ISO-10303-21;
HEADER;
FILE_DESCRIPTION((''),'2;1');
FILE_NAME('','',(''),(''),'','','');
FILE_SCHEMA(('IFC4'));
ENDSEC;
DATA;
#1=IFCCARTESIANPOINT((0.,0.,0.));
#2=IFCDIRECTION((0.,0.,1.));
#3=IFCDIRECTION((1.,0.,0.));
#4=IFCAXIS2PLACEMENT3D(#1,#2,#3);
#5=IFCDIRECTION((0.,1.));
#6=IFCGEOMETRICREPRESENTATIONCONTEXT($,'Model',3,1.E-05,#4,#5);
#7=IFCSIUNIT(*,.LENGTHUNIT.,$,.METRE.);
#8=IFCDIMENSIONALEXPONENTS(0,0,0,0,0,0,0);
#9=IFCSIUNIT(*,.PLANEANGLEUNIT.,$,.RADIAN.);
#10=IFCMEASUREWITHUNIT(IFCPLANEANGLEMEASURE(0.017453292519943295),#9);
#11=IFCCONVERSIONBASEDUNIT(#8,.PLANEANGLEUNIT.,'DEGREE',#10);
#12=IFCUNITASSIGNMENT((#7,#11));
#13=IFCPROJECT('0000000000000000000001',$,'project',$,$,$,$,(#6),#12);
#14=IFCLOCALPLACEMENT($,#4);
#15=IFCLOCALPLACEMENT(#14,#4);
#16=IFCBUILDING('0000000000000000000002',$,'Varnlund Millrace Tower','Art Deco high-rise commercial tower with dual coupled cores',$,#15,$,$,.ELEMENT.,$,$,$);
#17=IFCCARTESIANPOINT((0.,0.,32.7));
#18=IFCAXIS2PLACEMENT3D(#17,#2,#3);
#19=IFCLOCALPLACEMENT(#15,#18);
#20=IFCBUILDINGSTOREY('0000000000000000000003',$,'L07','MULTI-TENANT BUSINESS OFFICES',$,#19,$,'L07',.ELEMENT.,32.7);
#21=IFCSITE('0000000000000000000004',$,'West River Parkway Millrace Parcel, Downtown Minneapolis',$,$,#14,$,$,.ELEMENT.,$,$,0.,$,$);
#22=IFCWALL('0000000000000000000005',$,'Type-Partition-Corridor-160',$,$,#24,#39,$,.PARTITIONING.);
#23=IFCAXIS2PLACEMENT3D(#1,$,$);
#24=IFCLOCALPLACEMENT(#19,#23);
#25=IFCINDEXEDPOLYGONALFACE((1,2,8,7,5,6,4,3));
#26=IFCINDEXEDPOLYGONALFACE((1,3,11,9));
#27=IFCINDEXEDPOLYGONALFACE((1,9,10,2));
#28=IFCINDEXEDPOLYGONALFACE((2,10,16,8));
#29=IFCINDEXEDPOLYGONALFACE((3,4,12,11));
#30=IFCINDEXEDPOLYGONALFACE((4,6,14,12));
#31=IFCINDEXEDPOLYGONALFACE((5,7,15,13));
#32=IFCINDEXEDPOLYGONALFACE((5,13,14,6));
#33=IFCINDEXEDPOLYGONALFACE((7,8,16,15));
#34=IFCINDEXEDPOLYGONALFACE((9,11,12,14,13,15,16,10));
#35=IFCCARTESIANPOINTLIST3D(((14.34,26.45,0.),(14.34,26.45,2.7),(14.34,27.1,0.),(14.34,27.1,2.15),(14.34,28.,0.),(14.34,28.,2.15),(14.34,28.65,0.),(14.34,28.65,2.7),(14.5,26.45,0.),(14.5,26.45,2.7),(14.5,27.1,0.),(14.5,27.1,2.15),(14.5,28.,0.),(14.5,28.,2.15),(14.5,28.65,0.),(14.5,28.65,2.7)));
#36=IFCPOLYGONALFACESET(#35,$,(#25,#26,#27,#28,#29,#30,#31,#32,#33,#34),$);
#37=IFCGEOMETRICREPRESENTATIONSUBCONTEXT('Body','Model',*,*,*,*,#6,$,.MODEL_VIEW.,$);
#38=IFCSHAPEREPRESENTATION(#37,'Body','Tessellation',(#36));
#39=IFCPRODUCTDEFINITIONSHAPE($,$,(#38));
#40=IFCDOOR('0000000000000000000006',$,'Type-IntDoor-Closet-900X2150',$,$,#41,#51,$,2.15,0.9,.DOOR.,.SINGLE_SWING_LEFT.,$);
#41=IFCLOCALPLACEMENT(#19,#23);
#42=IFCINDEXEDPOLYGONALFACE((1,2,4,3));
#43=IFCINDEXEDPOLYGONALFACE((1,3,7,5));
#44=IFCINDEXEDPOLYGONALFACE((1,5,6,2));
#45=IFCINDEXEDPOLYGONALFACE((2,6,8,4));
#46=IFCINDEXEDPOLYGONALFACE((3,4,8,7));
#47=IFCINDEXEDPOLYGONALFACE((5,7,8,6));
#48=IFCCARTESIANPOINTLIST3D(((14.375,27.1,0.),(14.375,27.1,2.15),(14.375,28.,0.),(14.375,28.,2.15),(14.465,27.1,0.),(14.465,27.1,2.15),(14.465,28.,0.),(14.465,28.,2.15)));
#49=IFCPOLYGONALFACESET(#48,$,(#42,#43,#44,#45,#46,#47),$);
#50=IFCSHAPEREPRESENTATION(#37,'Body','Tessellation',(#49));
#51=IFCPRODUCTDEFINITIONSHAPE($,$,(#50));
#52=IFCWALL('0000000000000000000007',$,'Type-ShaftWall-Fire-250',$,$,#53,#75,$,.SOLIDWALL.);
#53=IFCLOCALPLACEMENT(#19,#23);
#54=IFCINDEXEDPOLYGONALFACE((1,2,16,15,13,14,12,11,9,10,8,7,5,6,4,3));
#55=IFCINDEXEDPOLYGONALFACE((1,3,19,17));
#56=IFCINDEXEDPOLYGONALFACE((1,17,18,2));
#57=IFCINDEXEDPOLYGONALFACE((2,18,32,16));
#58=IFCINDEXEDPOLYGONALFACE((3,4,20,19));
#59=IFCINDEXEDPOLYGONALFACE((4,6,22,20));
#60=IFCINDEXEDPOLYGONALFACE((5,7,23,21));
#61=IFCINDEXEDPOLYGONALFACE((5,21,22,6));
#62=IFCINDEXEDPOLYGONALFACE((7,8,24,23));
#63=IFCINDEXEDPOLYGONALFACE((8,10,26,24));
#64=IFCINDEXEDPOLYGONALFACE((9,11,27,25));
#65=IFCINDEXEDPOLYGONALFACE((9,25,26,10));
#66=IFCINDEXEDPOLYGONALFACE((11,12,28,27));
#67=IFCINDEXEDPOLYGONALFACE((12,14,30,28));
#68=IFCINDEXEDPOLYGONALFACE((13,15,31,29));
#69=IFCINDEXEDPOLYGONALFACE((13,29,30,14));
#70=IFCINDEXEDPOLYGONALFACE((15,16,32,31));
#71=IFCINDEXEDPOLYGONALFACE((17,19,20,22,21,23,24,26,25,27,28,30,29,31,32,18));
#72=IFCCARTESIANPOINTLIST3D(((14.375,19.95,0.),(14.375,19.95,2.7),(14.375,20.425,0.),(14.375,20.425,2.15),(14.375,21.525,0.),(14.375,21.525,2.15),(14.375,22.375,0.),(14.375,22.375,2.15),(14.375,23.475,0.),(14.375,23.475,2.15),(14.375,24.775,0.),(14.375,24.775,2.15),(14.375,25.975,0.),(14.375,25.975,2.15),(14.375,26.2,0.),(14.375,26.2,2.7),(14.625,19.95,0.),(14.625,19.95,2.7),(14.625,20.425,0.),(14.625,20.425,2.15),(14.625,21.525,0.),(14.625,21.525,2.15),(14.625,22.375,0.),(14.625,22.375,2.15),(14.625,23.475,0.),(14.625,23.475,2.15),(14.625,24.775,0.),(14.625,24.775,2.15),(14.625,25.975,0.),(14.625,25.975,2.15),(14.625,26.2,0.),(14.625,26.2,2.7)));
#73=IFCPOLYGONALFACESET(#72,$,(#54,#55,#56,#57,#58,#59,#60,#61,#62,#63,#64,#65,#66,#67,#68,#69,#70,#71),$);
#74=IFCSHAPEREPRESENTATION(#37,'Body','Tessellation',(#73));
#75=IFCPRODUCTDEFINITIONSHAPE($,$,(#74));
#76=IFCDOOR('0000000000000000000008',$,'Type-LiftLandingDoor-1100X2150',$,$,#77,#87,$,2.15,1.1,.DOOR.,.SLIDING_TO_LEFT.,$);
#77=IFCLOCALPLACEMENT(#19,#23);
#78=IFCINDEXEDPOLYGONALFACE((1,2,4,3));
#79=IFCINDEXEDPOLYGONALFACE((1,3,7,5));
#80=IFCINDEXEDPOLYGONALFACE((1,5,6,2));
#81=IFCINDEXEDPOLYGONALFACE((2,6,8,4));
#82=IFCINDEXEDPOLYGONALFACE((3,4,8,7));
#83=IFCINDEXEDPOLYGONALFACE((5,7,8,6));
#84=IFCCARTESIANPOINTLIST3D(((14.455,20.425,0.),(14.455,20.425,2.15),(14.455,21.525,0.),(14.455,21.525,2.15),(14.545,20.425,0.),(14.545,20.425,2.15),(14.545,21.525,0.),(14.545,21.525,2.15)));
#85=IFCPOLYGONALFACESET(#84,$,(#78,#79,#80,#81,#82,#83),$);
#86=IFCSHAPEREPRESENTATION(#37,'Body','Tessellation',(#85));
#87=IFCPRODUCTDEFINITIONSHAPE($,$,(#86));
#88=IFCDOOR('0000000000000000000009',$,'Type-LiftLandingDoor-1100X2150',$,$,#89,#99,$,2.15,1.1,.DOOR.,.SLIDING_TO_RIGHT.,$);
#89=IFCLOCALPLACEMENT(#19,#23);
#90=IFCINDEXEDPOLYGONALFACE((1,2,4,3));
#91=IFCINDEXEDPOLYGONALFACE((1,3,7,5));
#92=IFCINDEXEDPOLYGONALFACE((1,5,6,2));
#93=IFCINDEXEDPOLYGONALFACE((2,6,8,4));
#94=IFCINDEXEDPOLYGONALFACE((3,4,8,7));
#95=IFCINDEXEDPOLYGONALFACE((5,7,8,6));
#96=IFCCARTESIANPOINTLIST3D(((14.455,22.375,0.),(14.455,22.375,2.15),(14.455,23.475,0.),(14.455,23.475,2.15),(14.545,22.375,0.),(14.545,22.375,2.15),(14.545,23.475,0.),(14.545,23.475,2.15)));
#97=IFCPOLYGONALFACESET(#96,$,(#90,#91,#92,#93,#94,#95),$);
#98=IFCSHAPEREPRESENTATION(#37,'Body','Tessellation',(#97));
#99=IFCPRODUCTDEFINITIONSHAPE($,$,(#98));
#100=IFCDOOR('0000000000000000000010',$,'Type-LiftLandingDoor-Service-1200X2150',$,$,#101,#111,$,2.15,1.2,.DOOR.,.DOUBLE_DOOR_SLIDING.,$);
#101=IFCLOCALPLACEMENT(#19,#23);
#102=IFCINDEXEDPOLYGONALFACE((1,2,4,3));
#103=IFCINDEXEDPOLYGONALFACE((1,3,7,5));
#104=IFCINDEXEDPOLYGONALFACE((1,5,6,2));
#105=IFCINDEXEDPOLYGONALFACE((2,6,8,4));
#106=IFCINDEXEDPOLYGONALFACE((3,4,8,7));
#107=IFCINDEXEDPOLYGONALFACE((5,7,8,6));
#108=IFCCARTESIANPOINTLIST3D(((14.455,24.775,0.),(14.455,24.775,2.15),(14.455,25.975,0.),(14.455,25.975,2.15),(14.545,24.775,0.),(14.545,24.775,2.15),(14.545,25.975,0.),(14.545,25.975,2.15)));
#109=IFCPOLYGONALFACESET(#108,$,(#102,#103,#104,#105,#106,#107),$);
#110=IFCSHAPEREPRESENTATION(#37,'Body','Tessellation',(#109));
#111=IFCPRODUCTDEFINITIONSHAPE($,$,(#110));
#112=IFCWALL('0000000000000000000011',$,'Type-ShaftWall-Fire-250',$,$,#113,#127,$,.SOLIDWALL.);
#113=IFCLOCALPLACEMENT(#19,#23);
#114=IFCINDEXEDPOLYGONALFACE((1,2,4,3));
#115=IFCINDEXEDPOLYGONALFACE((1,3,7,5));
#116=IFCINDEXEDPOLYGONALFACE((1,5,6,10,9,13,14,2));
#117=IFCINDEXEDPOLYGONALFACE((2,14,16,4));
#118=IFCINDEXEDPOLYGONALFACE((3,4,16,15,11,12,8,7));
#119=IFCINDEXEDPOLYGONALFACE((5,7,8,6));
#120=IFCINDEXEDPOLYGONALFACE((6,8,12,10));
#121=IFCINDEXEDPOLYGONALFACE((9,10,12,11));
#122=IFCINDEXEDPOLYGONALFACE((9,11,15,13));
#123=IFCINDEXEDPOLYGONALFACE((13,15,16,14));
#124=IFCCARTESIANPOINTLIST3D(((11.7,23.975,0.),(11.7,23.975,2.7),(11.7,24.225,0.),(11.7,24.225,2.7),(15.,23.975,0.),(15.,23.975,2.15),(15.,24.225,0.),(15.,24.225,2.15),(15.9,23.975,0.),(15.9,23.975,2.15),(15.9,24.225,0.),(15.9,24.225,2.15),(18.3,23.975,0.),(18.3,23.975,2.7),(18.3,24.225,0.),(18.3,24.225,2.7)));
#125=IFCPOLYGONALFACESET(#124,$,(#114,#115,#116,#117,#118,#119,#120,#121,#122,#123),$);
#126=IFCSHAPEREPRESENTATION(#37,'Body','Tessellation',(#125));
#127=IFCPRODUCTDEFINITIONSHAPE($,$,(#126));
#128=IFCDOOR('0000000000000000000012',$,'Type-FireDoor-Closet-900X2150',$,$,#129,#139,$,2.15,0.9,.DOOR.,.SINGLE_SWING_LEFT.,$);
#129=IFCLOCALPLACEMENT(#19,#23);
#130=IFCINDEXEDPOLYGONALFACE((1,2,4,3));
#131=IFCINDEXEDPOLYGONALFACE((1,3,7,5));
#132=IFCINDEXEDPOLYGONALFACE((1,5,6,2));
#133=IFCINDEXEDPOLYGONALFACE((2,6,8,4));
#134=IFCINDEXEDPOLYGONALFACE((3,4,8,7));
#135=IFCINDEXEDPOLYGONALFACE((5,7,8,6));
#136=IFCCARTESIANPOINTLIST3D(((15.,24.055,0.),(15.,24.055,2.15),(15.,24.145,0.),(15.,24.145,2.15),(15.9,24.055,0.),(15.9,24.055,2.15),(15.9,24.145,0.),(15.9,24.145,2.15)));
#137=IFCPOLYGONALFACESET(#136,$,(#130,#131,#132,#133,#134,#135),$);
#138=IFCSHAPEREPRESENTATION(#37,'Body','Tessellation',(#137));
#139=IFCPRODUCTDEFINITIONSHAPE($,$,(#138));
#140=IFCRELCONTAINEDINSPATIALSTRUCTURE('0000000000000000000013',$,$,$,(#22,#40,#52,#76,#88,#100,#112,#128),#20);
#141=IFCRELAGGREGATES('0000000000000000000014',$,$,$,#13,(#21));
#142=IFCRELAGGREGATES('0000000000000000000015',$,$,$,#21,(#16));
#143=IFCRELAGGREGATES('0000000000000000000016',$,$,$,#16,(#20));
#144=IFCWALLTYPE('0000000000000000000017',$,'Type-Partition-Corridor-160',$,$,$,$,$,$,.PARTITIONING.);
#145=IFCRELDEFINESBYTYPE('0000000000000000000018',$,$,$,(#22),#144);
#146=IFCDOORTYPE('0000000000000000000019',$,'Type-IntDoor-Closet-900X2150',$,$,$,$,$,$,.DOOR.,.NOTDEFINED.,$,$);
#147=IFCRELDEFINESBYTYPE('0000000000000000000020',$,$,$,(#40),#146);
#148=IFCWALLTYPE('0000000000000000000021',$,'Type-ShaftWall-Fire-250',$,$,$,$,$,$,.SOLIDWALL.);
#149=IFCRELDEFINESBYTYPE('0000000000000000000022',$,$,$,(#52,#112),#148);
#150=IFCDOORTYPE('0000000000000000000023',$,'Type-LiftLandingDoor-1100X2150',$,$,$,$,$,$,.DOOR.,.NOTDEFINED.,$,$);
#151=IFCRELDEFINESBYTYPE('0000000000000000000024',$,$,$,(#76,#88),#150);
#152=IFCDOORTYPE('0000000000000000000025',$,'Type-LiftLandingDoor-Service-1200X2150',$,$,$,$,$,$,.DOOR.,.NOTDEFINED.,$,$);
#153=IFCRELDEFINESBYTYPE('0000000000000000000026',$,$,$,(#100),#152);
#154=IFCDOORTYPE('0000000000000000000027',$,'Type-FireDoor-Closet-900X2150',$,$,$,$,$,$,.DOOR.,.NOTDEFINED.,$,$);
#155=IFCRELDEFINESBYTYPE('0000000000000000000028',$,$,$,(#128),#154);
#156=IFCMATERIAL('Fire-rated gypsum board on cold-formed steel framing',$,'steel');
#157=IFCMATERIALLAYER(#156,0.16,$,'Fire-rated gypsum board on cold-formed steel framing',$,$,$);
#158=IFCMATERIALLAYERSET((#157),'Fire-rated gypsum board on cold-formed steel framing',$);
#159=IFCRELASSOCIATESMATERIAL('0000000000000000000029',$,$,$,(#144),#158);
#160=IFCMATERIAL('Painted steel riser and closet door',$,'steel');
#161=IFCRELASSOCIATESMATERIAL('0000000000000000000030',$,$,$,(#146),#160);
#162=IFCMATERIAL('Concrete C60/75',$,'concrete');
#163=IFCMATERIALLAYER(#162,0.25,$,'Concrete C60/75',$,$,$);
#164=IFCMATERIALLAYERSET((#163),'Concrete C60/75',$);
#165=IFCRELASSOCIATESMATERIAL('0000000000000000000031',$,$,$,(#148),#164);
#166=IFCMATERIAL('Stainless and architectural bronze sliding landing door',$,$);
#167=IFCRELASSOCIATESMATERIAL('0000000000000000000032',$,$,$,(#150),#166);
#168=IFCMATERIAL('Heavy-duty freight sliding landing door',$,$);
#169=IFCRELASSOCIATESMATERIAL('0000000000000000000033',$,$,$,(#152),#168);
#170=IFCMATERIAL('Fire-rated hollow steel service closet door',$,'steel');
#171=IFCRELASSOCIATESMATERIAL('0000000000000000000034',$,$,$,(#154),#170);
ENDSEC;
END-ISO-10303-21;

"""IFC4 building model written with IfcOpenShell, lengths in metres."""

from ifc_helpers import new_model, entity, si_unit, converted_unit, direction, frame, origin_with_axes, origin_2d_with_axis, place, context, subcontext, project, spatial, polyline, rectangle, outline, extrude, material, layer, layer_set, type_object, element, fill, save


model = new_model("IFC4")

# Units and contexts
model_context = context("Model", 3, precision=1e-05, world=origin_with_axes(), true_north=direction((0.0, 1.0)))
body_context = subcontext(model_context, "Body", "Model", "MODEL_VIEW")
ifc_project = project(units=[si_unit("LENGTHUNIT", "METRE"), converted_unit("PLANEANGLEUNIT", "DEGREE", entity("IfcPlaneAngleMeasure", 0.017453292519943295), si_unit("PLANEANGLEUNIT", "RADIAN"), dimensions=[0, 0, 0, 0, 0, 0, 0])], contexts=[model_context])

# Site, building, storey
site_placement = place(None, origin_with_axes())
site = spatial("IfcSite", under=ifc_project, at=site_placement, Name="West River Parkway Millrace Parcel, Downtown Minneapolis", CompositionType="ELEMENT", RefElevation=0.0)
building_placement = place(site_placement, origin_with_axes())
building = spatial("IfcBuilding", under=site, at=building_placement, Name="Varnlund Millrace Tower", Description="Art Deco high-rise commercial tower with dual coupled cores", CompositionType="ELEMENT")
storey_placement = place(building_placement, frame((0.0, 0.0, 32.7), z_axis=(0.0, 0.0, 1.0), x_axis=(1.0, 0.0, 0.0)))
storey = spatial("IfcBuildingStorey", under=building, at=storey_placement, Name="L07", Description="MULTI-TENANT BUSINESS OFFICES", LongName="L07", CompositionType="ELEMENT", Elevation=32.7)

# Wall, opening, door
ifc_material_1 = material(Name="Fire-rated gypsum board on cold-formed steel framing", Category="steel")
ifc_layer_1 = layer(ifc_material_1, 0.16, Name="Fire-rated gypsum board on cold-formed steel framing")
ifc_layer_set_1 = layer_set([ifc_layer_1], Name="Fire-rated gypsum board on cold-formed steel framing")
wall_type_1 = type_object("IfcWallType", Name="Type-Partition-Corridor-160", PredefinedType="PARTITIONING", material=ifc_layer_set_1)
ifc_material_2 = material(Name="Painted steel riser and closet door", Category="steel")
door_type_1 = type_object("IfcDoorType", Name="Type-IntDoor-Closet-900X2150", OperationType="NOTDEFINED", PredefinedType="DOOR", material=ifc_material_2)
wall_1_placement = place(storey_placement, frame((14.42, 26.45, 0.0), z_axis=(0.0, 0.0, 1.0), x_axis=(0.0, 1.0, 0.0)))
wall_1 = element("IfcWall", 1, at=wall_1_placement, inside=storey, type_object=wall_type_1, Name="Type-Partition-Corridor-160", PredefinedType="PARTITIONING", context=body_context, shape_type="SweptSolid", body=[
    extrude(outline(polyline([(0.0, -0.08), (2.2, -0.08), (2.2, 0.08), (0.0, 0.08), (0.0, -0.08)])), origin_with_axes(), (0.0, 0.0, 1.0), 2.7),
])
opening_1_placement = place(wall_1_placement, frame((1.1, 0.0, 0.0), z_axis=(0.0, 0.0, 1.0), x_axis=(1.0, 0.0, 0.0)))
opening_1 = element("IfcOpeningElement", 2, at=opening_1_placement, cuts=wall_1, PredefinedType="OPENING", context=body_context, shape_type="SweptSolid", body=[
    extrude(rectangle(XDim=0.9, YDim=0.18, at=origin_2d_with_axis()), origin_with_axes(), (0.0, 0.0, 1.0), 2.15),
])
door_1_placement = place(wall_1_placement, frame((1.1, 0.0, 0.0), z_axis=(0.0, 0.0, 1.0), x_axis=(1.0, 0.0, 0.0)))
door_1 = element("IfcDoor", 3, at=door_1_placement, inside=storey, type_object=door_type_1, Name="Type-IntDoor-Closet-900X2150", OperationType="SINGLE_SWING_LEFT", OverallHeight=2.15, OverallWidth=0.9, PredefinedType="DOOR", context=body_context, shape_type="SweptSolid", body=[
    extrude(rectangle(XDim=0.9, YDim=0.09, at=origin_2d_with_axis()), origin_with_axes(), (0.0, 0.0, 1.0), 2.15),
])
fill(opening_1, door_1)

# Wall, openings, doors
ifc_material_3 = material(Name="Concrete C60/75", Category="concrete")
ifc_layer_2 = layer(ifc_material_3, 0.25, Name="Concrete C60/75")
ifc_layer_set_2 = layer_set([ifc_layer_2], Name="Concrete C60/75")
wall_type_2 = type_object("IfcWallType", Name="Type-ShaftWall-Fire-250", PredefinedType="SOLIDWALL", material=ifc_layer_set_2)
wall_2_placement = place(storey_placement, frame((14.5, 19.95, 0.0), z_axis=(0.0, 0.0, 1.0), x_axis=(0.0, 1.0, 0.0)))
wall_2 = element("IfcWall", 4, at=wall_2_placement, inside=storey, type_object=wall_type_2, Name="Type-ShaftWall-Fire-250", PredefinedType="SOLIDWALL", context=body_context, shape_type="SweptSolid", body=[
    extrude(outline(polyline([(0.0, -0.125), (6.25, -0.125), (6.25, 0.125), (0.0, 0.125), (0.0, -0.125)])), origin_with_axes(), (0.0, 0.0, 1.0), 2.7),
])
opening_2_placement = place(wall_2_placement, frame((1.025, 0.0, 0.0), z_axis=(0.0, 0.0, 1.0), x_axis=(1.0, 0.0, 0.0)))
opening_2 = element("IfcOpeningElement", 5, at=opening_2_placement, cuts=wall_2, PredefinedType="OPENING", context=body_context, shape_type="SweptSolid", body=[
    extrude(rectangle(XDim=1.1, YDim=0.27, at=origin_2d_with_axis()), origin_with_axes(), (0.0, 0.0, 1.0), 2.15),
])
opening_3_placement = place(wall_2_placement, frame((2.975, 0.0, 0.0), z_axis=(0.0, 0.0, 1.0), x_axis=(1.0, 0.0, 0.0)))
opening_3 = element("IfcOpeningElement", 6, at=opening_3_placement, cuts=wall_2, PredefinedType="OPENING", context=body_context, shape_type="SweptSolid", body=[
    extrude(rectangle(XDim=1.1, YDim=0.27, at=origin_2d_with_axis()), origin_with_axes(), (0.0, 0.0, 1.0), 2.15),
])
opening_4_placement = place(wall_2_placement, frame((5.425, 0.0, 0.0), z_axis=(0.0, 0.0, 1.0), x_axis=(1.0, 0.0, 0.0)))
opening_4 = element("IfcOpeningElement", 7, at=opening_4_placement, cuts=wall_2, PredefinedType="OPENING", context=body_context, shape_type="SweptSolid", body=[
    extrude(rectangle(XDim=1.2, YDim=0.27, at=origin_2d_with_axis()), origin_with_axes(), (0.0, 0.0, 1.0), 2.15),
])
ifc_material_4 = material(Name="Stainless and architectural bronze sliding landing door")
door_type_2 = type_object("IfcDoorType", Name="Type-LiftLandingDoor-1100X2150", OperationType="NOTDEFINED", PredefinedType="DOOR", material=ifc_material_4)
door_2_placement = place(wall_2_placement, frame((1.025, 0.0, 0.0), z_axis=(0.0, 0.0, 1.0), x_axis=(1.0, 0.0, 0.0)))
door_2 = element("IfcDoor", 8, at=door_2_placement, inside=storey, type_object=door_type_2, Name="Type-LiftLandingDoor-1100X2150", OperationType="SLIDING_TO_LEFT", OverallHeight=2.15, OverallWidth=1.1, PredefinedType="DOOR", context=body_context, shape_type="SweptSolid", body=[
    extrude(rectangle(XDim=1.1, YDim=0.09, at=origin_2d_with_axis()), origin_with_axes(), (0.0, 0.0, 1.0), 2.15),
])
fill(opening_2, door_2)
door_3_placement = place(wall_2_placement, frame((2.975, 0.0, 0.0), z_axis=(0.0, 0.0, 1.0), x_axis=(1.0, 0.0, 0.0)))
door_3 = element("IfcDoor", 9, at=door_3_placement, inside=storey, type_object=door_type_2, Name="Type-LiftLandingDoor-1100X2150", OperationType="SLIDING_TO_RIGHT", OverallHeight=2.15, OverallWidth=1.1, PredefinedType="DOOR", context=body_context, shape_type="SweptSolid", body=[
    extrude(rectangle(XDim=1.1, YDim=0.09, at=origin_2d_with_axis()), origin_with_axes(), (0.0, 0.0, 1.0), 2.15),
])
fill(opening_3, door_3)
ifc_material_5 = material(Name="Heavy-duty freight sliding landing door")
door_type_3 = type_object("IfcDoorType", Name="Type-LiftLandingDoor-Service-1200X2150", OperationType="NOTDEFINED", PredefinedType="DOOR", material=ifc_material_5)
door_4_placement = place(wall_2_placement, frame((5.425, 0.0, 0.0), z_axis=(0.0, 0.0, 1.0), x_axis=(1.0, 0.0, 0.0)))
door_4 = element("IfcDoor", 10, at=door_4_placement, inside=storey, type_object=door_type_3, Name="Type-LiftLandingDoor-Service-1200X2150", OperationType="DOUBLE_DOOR_SLIDING", OverallHeight=2.15, OverallWidth=1.2, PredefinedType="DOOR", context=body_context, shape_type="SweptSolid", body=[
    extrude(rectangle(XDim=1.2, YDim=0.09, at=origin_2d_with_axis()), origin_with_axes(), (0.0, 0.0, 1.0), 2.15),
])
fill(opening_4, door_4)

# Wall, opening, door
wall_3_placement = place(storey_placement, frame((11.7, 24.1, 0.0), z_axis=(0.0, 0.0, 1.0), x_axis=(1.0, 0.0, 0.0)))
wall_3 = element("IfcWall", 11, at=wall_3_placement, inside=storey, type_object=wall_type_2, Name="Type-ShaftWall-Fire-250", PredefinedType="SOLIDWALL", context=body_context, shape_type="SweptSolid", body=[
    extrude(outline(polyline([(0.0, -0.125), (6.6, -0.125), (6.6, 0.125), (0.0, 0.125), (0.0, -0.125)])), origin_with_axes(), (0.0, 0.0, 1.0), 2.7),
])
opening_5_placement = place(wall_3_placement, frame((3.75, 0.0, 0.0), z_axis=(0.0, 0.0, 1.0), x_axis=(1.0, 0.0, 0.0)))
opening_5 = element("IfcOpeningElement", 12, at=opening_5_placement, cuts=wall_3, PredefinedType="OPENING", context=body_context, shape_type="SweptSolid", body=[
    extrude(rectangle(XDim=0.9, YDim=0.27, at=origin_2d_with_axis()), origin_with_axes(), (0.0, 0.0, 1.0), 2.15),
])
ifc_material_6 = material(Name="Fire-rated hollow steel service closet door", Category="steel")
door_type_4 = type_object("IfcDoorType", Name="Type-FireDoor-Closet-900X2150", OperationType="NOTDEFINED", PredefinedType="DOOR", material=ifc_material_6)
door_5_placement = place(wall_3_placement, frame((3.75, 0.0, 0.0), z_axis=(0.0, 0.0, 1.0), x_axis=(1.0, 0.0, 0.0)))
door_5 = element("IfcDoor", 13, at=door_5_placement, inside=storey, type_object=door_type_4, Name="Type-FireDoor-Closet-900X2150", OperationType="SINGLE_SWING_LEFT", OverallHeight=2.15, OverallWidth=0.9, PredefinedType="DOOR", context=body_context, shape_type="SweptSolid", body=[
    extrude(rectangle(XDim=0.9, YDim=0.09, at=origin_2d_with_axis()), origin_with_axes(), (0.0, 0.0, 1.0), 2.15),
])
fill(opening_5, door_5)

save(model, "model.ifc")
